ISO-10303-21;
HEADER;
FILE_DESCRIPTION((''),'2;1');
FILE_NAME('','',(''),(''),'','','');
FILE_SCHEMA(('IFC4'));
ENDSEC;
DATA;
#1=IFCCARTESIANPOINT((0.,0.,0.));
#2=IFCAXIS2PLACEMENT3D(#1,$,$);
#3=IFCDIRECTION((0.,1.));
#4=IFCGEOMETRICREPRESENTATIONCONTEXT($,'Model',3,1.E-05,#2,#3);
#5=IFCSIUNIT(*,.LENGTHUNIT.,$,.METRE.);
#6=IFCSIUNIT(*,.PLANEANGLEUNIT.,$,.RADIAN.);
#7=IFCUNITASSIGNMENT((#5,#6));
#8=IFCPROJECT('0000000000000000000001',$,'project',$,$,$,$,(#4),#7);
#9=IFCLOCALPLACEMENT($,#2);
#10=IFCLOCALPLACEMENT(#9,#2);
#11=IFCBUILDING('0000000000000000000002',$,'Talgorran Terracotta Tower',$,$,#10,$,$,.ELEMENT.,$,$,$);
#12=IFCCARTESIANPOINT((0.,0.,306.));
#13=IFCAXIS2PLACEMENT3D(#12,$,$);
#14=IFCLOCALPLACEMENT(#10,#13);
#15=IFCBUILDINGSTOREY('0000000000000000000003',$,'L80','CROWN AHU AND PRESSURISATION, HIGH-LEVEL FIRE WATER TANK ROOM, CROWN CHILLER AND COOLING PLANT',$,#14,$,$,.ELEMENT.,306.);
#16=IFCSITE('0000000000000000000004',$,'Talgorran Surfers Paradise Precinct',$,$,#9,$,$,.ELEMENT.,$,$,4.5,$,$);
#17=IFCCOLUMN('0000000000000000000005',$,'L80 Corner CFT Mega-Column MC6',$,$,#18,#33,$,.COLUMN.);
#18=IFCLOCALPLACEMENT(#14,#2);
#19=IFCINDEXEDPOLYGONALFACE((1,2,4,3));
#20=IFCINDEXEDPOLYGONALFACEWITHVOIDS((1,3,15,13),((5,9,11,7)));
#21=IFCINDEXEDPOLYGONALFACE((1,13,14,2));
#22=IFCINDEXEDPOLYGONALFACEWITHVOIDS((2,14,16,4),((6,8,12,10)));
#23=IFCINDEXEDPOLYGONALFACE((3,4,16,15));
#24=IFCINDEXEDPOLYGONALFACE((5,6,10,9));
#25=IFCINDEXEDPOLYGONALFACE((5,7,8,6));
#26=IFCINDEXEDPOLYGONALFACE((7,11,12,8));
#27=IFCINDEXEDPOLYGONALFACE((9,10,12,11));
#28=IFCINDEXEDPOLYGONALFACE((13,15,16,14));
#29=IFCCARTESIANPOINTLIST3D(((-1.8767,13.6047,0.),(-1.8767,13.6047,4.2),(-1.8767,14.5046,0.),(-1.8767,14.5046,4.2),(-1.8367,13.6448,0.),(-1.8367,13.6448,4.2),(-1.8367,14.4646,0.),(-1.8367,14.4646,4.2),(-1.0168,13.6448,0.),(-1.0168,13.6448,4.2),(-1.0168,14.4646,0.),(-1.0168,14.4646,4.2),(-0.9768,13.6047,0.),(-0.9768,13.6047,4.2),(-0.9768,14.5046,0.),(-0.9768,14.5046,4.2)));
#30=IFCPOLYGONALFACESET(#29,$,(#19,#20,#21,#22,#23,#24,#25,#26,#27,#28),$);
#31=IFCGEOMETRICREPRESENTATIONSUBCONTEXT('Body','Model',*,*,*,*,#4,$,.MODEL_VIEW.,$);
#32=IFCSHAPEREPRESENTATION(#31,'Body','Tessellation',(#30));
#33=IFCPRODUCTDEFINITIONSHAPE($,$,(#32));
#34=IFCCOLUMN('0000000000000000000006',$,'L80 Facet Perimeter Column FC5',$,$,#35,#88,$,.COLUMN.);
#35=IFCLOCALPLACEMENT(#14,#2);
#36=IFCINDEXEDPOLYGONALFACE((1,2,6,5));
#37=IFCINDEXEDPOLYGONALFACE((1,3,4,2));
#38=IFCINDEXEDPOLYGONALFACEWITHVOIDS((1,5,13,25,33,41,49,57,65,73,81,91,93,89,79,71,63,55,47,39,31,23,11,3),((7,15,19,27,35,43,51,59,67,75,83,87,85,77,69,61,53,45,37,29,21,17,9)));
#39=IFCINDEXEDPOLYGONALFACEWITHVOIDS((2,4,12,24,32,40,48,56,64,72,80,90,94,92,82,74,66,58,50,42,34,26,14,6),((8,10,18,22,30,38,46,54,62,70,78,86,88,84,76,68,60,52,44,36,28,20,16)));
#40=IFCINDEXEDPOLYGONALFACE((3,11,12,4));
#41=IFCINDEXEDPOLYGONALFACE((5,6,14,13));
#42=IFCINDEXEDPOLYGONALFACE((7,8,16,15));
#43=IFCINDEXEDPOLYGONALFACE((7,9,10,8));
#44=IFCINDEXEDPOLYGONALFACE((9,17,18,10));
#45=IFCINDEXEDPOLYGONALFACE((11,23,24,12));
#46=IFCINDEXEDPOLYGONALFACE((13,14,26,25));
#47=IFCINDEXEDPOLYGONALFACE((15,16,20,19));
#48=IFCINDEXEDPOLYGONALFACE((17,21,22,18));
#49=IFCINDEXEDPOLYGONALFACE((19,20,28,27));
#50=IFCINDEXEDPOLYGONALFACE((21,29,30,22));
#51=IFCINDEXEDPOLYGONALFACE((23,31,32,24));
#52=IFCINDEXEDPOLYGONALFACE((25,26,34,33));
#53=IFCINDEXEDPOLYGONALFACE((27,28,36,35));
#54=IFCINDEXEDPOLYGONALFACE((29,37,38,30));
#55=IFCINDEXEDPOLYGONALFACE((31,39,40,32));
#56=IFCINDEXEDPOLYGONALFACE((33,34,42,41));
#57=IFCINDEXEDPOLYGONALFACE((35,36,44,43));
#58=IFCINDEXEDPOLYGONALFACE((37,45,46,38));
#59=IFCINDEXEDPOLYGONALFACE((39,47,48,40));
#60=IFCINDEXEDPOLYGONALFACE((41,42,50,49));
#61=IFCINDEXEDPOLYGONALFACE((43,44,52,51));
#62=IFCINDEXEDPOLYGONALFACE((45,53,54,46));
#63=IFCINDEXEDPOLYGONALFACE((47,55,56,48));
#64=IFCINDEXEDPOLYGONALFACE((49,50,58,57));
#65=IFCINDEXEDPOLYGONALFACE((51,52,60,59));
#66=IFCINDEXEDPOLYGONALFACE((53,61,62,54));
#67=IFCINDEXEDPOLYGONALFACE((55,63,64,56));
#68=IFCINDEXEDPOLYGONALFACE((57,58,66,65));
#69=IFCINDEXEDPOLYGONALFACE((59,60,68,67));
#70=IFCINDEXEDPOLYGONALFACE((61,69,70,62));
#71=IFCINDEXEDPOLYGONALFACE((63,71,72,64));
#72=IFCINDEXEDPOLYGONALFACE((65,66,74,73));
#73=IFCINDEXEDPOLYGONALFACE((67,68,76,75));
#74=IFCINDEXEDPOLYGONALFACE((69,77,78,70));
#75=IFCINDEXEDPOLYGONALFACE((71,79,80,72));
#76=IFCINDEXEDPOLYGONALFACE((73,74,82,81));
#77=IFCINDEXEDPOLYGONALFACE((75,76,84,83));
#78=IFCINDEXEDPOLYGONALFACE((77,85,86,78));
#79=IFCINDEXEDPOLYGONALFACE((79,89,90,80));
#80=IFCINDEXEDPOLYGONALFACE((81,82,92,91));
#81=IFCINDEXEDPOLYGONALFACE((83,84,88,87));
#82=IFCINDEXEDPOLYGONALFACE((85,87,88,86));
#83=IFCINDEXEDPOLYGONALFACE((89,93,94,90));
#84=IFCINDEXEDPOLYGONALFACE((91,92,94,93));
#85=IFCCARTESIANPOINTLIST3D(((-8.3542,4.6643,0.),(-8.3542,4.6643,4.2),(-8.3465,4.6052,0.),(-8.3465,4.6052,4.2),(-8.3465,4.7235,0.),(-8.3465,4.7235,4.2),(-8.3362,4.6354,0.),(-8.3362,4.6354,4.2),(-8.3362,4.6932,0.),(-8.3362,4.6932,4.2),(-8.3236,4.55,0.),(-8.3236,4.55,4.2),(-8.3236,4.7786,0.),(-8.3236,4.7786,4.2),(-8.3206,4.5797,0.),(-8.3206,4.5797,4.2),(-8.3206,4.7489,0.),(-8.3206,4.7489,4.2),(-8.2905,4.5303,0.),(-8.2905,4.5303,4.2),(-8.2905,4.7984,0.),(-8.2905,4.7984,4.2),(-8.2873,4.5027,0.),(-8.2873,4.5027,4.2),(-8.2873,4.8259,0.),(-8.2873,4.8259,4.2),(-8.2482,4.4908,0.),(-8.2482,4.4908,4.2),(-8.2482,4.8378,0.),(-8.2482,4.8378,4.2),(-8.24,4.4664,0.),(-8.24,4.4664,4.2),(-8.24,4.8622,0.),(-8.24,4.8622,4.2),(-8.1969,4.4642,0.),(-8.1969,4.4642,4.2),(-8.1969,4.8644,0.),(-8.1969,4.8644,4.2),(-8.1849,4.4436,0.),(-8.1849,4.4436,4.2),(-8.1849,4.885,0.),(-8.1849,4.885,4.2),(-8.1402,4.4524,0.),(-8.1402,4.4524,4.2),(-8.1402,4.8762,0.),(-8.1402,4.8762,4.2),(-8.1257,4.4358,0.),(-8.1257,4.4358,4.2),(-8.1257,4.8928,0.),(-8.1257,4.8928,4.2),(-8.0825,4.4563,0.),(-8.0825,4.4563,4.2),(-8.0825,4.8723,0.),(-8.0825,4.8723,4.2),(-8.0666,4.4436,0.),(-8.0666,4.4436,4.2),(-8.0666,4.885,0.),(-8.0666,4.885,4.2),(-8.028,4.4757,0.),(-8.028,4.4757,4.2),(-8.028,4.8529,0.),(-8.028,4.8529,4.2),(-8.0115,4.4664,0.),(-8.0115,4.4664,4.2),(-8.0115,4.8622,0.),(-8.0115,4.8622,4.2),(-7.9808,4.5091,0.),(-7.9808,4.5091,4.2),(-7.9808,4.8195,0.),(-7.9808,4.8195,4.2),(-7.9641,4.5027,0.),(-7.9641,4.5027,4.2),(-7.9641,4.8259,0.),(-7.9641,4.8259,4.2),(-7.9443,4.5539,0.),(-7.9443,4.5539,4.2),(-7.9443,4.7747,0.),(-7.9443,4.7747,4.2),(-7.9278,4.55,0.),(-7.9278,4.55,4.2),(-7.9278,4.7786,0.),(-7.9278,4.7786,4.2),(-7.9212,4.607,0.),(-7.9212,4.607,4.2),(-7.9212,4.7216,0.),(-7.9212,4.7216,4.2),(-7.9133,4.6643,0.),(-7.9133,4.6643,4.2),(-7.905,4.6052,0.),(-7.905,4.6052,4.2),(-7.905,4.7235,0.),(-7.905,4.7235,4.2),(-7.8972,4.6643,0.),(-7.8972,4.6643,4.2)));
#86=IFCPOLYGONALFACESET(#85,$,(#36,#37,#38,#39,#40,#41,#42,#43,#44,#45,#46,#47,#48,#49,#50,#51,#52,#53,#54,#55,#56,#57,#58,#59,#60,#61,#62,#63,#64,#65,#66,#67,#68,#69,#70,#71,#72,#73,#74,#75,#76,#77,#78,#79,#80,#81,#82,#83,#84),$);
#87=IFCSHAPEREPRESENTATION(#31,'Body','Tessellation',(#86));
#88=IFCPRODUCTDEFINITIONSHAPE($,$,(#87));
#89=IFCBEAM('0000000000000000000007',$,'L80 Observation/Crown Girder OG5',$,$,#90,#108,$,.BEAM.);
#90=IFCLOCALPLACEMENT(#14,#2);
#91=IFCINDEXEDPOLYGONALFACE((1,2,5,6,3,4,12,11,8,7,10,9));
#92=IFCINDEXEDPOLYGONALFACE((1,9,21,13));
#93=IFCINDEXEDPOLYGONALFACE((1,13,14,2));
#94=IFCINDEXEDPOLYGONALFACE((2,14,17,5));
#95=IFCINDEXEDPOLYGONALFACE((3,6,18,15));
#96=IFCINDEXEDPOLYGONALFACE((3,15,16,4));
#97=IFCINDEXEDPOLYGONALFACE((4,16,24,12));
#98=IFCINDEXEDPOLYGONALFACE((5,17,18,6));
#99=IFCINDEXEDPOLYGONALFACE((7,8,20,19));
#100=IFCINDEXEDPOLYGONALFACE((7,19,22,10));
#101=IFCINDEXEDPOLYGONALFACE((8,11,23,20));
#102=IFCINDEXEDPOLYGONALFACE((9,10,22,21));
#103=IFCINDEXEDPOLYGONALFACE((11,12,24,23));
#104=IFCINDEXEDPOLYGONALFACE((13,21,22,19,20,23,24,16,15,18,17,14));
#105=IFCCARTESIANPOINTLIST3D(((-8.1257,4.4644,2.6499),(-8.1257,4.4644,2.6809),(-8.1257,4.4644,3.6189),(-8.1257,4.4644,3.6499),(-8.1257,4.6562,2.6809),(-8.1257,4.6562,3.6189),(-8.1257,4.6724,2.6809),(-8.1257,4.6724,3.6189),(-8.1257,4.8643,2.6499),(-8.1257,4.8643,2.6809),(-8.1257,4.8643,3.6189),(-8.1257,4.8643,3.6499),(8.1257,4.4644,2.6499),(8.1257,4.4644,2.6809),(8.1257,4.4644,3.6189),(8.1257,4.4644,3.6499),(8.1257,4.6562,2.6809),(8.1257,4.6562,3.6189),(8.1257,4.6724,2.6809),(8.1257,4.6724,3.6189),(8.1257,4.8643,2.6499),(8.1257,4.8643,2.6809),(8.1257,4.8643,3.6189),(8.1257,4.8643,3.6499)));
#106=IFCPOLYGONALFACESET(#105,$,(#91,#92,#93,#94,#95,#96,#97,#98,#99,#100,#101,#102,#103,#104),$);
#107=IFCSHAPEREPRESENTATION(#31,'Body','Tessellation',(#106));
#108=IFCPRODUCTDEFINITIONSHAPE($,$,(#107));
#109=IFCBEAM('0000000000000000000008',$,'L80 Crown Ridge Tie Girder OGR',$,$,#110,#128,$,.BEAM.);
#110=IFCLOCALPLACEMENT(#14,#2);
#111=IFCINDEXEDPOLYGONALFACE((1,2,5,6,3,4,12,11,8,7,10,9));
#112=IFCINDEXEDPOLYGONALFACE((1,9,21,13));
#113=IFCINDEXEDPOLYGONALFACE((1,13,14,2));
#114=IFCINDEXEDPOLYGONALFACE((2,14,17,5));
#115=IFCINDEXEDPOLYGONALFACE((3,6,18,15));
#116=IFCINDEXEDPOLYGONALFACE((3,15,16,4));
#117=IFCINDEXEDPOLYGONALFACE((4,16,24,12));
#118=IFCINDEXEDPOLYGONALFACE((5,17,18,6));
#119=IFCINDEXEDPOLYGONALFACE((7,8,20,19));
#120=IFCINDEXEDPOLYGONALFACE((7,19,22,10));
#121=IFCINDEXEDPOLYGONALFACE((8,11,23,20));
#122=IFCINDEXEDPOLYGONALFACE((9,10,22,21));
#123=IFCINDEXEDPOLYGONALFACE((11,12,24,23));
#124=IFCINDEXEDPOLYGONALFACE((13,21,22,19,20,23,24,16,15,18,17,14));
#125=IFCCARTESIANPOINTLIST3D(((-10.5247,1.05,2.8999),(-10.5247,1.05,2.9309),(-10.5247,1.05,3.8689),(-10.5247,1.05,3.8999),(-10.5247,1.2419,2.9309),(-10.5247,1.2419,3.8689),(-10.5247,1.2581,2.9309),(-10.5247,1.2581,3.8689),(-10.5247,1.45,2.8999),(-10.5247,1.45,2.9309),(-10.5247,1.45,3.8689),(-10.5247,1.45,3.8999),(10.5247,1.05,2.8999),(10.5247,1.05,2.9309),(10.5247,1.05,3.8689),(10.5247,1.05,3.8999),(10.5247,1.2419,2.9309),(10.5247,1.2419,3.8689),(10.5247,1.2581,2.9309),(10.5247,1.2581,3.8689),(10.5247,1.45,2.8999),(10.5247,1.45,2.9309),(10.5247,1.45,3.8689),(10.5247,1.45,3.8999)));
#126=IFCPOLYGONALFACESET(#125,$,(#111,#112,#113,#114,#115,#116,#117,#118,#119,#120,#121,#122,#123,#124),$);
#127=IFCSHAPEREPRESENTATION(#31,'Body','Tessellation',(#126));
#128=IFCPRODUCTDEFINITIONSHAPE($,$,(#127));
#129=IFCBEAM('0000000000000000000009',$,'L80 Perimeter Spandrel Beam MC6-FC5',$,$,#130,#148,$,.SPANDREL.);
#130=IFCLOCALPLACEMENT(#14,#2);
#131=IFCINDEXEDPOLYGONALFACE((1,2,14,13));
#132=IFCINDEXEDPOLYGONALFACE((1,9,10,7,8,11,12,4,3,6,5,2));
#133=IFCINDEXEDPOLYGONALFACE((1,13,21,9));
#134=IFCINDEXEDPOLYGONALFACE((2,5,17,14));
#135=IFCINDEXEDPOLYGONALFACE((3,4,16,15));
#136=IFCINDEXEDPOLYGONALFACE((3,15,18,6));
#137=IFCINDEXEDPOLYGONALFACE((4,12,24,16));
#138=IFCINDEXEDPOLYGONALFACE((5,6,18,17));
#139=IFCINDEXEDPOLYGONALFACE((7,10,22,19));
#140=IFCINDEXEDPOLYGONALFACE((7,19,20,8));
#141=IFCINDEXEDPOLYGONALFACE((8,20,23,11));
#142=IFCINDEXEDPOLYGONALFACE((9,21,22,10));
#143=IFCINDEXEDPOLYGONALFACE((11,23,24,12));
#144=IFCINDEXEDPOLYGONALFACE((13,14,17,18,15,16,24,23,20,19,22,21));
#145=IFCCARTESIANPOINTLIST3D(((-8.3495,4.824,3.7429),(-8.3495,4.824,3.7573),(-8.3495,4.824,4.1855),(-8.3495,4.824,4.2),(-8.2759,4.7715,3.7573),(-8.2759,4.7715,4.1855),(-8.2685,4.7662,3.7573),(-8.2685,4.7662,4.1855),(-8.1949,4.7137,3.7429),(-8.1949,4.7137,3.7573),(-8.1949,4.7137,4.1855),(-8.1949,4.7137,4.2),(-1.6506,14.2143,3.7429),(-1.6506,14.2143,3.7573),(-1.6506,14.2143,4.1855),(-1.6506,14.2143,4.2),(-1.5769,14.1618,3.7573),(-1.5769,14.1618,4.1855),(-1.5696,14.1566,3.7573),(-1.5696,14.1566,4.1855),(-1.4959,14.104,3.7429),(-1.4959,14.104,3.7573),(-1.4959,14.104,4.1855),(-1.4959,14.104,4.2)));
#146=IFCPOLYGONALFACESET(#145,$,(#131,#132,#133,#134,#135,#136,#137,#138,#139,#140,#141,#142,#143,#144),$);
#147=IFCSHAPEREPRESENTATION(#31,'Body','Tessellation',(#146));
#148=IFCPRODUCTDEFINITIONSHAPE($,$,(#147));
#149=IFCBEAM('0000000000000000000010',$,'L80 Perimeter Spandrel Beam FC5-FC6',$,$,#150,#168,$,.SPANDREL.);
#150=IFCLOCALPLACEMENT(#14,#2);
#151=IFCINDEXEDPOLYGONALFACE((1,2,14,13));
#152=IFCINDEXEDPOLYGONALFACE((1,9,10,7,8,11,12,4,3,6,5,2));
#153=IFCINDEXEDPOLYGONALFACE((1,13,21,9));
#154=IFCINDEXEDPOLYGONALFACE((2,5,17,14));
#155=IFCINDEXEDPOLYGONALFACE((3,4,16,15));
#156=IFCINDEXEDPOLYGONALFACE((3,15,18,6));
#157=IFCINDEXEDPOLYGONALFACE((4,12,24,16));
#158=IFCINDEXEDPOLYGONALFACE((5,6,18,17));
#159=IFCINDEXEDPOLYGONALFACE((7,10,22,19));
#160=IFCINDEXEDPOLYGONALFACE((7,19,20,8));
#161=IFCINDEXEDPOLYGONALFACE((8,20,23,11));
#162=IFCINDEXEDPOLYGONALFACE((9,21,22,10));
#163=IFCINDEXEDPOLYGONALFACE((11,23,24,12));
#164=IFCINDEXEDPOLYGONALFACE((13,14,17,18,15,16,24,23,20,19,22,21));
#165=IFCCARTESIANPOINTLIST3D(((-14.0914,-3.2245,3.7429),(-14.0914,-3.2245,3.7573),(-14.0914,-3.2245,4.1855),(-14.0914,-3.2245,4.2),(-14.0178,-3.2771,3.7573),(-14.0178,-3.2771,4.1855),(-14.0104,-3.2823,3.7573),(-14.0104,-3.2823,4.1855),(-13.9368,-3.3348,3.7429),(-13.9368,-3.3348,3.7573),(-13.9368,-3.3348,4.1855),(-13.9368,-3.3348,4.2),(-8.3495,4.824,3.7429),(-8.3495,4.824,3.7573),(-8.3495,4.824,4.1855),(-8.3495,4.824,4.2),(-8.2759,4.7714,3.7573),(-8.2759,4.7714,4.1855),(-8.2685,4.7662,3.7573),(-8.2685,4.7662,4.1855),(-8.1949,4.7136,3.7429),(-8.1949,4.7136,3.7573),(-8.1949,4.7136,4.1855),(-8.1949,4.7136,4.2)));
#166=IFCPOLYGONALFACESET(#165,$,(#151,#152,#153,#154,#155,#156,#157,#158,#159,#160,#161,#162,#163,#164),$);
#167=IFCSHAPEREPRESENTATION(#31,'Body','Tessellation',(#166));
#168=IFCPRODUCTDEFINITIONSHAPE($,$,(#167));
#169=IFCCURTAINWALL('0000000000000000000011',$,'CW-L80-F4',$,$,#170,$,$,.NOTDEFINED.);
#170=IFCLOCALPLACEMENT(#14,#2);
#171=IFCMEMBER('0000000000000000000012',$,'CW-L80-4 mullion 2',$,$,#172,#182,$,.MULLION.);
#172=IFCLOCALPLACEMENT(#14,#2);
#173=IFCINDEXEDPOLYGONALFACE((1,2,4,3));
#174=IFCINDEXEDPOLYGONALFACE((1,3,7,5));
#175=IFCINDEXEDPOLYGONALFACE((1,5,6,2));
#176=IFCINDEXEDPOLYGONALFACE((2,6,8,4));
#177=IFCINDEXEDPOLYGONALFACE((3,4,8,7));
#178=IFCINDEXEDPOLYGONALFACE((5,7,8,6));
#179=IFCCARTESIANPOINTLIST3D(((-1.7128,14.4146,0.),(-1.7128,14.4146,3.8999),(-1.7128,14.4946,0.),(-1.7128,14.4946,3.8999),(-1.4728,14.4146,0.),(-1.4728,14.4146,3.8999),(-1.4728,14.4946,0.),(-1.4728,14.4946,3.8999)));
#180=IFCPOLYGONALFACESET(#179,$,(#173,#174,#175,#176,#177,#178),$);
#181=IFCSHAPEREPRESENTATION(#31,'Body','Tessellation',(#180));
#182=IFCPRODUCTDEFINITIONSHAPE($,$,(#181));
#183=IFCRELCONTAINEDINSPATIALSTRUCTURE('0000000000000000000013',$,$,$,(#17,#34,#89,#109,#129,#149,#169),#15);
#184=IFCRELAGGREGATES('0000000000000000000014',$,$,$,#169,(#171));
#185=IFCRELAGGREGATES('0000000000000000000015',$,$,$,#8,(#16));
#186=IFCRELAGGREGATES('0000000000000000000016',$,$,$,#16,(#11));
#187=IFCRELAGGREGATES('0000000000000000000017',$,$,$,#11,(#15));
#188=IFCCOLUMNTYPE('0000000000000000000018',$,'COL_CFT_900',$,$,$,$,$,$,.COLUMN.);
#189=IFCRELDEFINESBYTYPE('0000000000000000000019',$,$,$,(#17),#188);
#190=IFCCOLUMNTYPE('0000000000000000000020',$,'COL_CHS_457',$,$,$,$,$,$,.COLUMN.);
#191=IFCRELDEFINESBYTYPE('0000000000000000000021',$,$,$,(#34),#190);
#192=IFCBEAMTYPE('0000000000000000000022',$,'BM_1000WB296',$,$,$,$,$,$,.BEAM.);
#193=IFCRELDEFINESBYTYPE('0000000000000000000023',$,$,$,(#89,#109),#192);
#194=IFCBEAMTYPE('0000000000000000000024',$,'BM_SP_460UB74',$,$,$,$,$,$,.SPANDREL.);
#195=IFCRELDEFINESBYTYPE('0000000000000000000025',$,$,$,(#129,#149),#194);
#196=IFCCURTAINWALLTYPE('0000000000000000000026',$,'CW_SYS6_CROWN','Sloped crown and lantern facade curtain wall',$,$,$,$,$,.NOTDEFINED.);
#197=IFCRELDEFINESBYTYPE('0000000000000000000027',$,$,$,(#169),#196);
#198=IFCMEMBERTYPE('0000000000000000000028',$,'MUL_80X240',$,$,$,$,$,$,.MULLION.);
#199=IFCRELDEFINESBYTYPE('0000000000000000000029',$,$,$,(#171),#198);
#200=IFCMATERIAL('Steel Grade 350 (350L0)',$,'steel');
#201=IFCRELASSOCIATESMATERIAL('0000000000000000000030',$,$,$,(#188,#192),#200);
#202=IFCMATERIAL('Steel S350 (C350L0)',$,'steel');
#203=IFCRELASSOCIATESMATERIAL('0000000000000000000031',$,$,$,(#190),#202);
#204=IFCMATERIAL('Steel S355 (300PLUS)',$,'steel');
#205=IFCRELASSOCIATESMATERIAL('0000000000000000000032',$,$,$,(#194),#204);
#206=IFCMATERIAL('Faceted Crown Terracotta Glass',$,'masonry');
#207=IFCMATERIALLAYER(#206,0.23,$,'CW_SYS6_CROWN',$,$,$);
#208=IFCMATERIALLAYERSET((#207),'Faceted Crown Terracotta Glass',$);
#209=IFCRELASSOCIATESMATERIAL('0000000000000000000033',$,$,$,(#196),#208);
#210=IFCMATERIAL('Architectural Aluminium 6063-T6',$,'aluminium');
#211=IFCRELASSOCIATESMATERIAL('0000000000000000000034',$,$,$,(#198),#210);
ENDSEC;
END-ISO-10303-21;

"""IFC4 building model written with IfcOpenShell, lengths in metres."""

from ifc_helpers import new_model, si_unit, direction, frame, origin, origin_2d, place, context, subcontext, project, spatial, rectangle, hollow_rectangle, hollow_circle, i_section, extrude, material, layer, layer_set, material_profile, profile_set, type_object, element, aggregate, save


model = new_model("IFC4")

# Units and contexts
model_context = context("Model", 3, precision=1e-05, world=origin(), true_north=direction((0.0, 1.0)))
body_context = subcontext(model_context, "Body", "Model", "MODEL_VIEW")
ifc_project = project(units=[si_unit("LENGTHUNIT", "METRE"), si_unit("PLANEANGLEUNIT", "RADIAN")], contexts=[model_context])

# Site, building, storey
site_placement = place(None, origin())
site = spatial("IfcSite", under=ifc_project, at=site_placement, Name="Talgorran Surfers Paradise Precinct", CompositionType="ELEMENT", RefElevation=4.5)
building_placement = place(site_placement, origin())
building = spatial("IfcBuilding", under=site, at=building_placement, Name="Talgorran Terracotta Tower", CompositionType="ELEMENT")
storey_placement = place(building_placement, frame((0.0, 0.0, 306.0)))
storey = spatial("IfcBuildingStorey", under=building, at=storey_placement, Name="L80", Description="CROWN AHU AND PRESSURISATION, HIGH-LEVEL FIRE WATER TANK ROOM, CROWN CHILLER AND COOLING PLANT", CompositionType="ELEMENT", Elevation=306.0)

# Columns
ifc_material_1 = material(Name="Steel Grade 350 (350L0)", Category="steel")
ifc_material_profile_1 = material_profile(ifc_material_1, hollow_rectangle(XDim=0.8999, YDim=0.8999, WallThickness=0.04, at=origin_2d()), Name="CFT900X900X40")
ifc_profile_set_1 = profile_set([ifc_material_profile_1], Name="Steel Grade 350 (350L0)")
column_type_1 = type_object("IfcColumnType", Name="COL_CFT_900", PredefinedType="COLUMN", material=ifc_profile_set_1)
column_1_placement = place(storey_placement, frame((-1.4268, 14.0547, 0.0), z_axis=(0.0, 0.0, 1.0), x_axis=(1.0, 0.0, 0.0)))
element("IfcColumn", 1, at=column_1_placement, inside=storey, type_object=column_type_1, Name="L80 Corner CFT Mega-Column MC6", PredefinedType="COLUMN", context=body_context, shape_type="SweptSolid", body=[
    extrude(hollow_rectangle(XDim=0.8999, YDim=0.8999, WallThickness=0.04, at=origin_2d()), origin(), (0.0, 0.0, 1.0), 4.2),
])
ifc_material_2 = material(Name="Steel S350 (C350L0)", Category="steel")
ifc_material_profile_2 = material_profile(ifc_material_2, hollow_circle(Radius=0.2285, WallThickness=0.0161, at=origin_2d()), Name="CHS457X16")
ifc_profile_set_2 = profile_set([ifc_material_profile_2], Name="Steel S350 (C350L0)")
column_type_2 = type_object("IfcColumnType", Name="COL_CHS_457", PredefinedType="COLUMN", material=ifc_profile_set_2)
column_2_placement = place(storey_placement, frame((-8.1257, 4.6643, 0.0), z_axis=(0.0, 0.0, 1.0), x_axis=(1.0, 0.0, 0.0)))
element("IfcColumn", 2, at=column_2_placement, inside=storey, type_object=column_type_2, Name="L80 Facet Perimeter Column FC5", PredefinedType="COLUMN", context=body_context, shape_type="SweptSolid", body=[
    extrude(hollow_circle(Radius=0.2285, WallThickness=0.0161, at=origin_2d()), origin(), (0.0, 0.0, 1.0), 4.2),
])

# Beams
ifc_material_profile_3 = material_profile(ifc_material_1, i_section(OverallWidth=0.3999, OverallDepth=1.0, WebThickness=0.0161, FlangeThickness=0.031, at=origin_2d()), Name="1000WB296")
ifc_profile_set_3 = profile_set([ifc_material_profile_3], Name="Steel Grade 350 (350L0)")
beam_type_1 = type_object("IfcBeamType", Name="BM_1000WB296", PredefinedType="BEAM", material=ifc_profile_set_3)
beam_1_placement = place(storey_placement, frame((-8.1257, 4.6643, 3.1499), z_axis=(1.0, 0.0, 0.0), x_axis=(0.0, 1.0, 0.0)))
element("IfcBeam", 3, at=beam_1_placement, inside=storey, type_object=beam_type_1, Name="L80 Observation/Crown Girder OG5", PredefinedType="BEAM", context=body_context, shape_type="SweptSolid", body=[
    extrude(i_section(OverallWidth=0.3999, OverallDepth=1.0, WebThickness=0.0161, FlangeThickness=0.031, at=origin_2d()), origin(), (0.0, 0.0, 1.0), 16.2515),
])
beam_2_placement = place(storey_placement, frame((-10.5247, 1.25, 3.3999), z_axis=(1.0, 0.0, 0.0), x_axis=(0.0, 1.0, 0.0)))
element("IfcBeam", 4, at=beam_2_placement, inside=storey, type_object=beam_type_1, Name="L80 Crown Ridge Tie Girder OGR", PredefinedType="BEAM", context=body_context, shape_type="SweptSolid", body=[
    extrude(i_section(OverallWidth=0.3999, OverallDepth=1.0, WebThickness=0.0161, FlangeThickness=0.031, at=origin_2d()), origin(), (0.0, 0.0, 1.0), 21.0493),
])
ifc_material_3 = material(Name="Steel S355 (300PLUS)", Category="steel")
ifc_material_profile_4 = material_profile(ifc_material_3, i_section(OverallWidth=0.1899, OverallDepth=0.457, WebThickness=0.009, FlangeThickness=0.0144, at=origin_2d()), Name="460UB74.6")
ifc_profile_set_4 = profile_set([ifc_material_profile_4], Name="Steel S355 (300PLUS)")
beam_type_2 = type_object("IfcBeamType", Name="BM_SP_460UB74", PredefinedType="SPANDREL", material=ifc_profile_set_4)
beam_3_placement = place(storey_placement, frame((-1.5732, 14.1592, 3.9714), z_axis=(-0.580754, -0.814079, 0.0), x_axis=(0.814079, -0.580754, 0.0)))
element("IfcBeam", 5, at=beam_3_placement, inside=storey, type_object=beam_type_2, Name="L80 Perimeter Spandrel Beam MC6-FC5", PredefinedType="SPANDREL", context=body_context, shape_type="SweptSolid", body=[
    extrude(i_section(OverallWidth=0.1899, OverallDepth=0.457, WebThickness=0.009, FlangeThickness=0.0144, at=origin_2d()), origin(), (0.0, 0.0, 1.0), 11.5349),
])
beam_4_placement = place(storey_placement, frame((-8.2722, 4.7688, 3.9714), z_axis=(-0.580766, -0.81407, 0.0), x_axis=(0.81407, -0.580766, 0.0)))
element("IfcBeam", 6, at=beam_4_placement, inside=storey, type_object=beam_type_2, Name="L80 Perimeter Spandrel Beam FC5-FC6", PredefinedType="SPANDREL", context=body_context, shape_type="SweptSolid", body=[
    extrude(i_section(OverallWidth=0.1899, OverallDepth=0.457, WebThickness=0.009, FlangeThickness=0.0144, at=origin_2d()), origin(), (0.0, 0.0, 1.0), 9.8867),
])

# Curtain wall, member
ifc_material_4 = material(Name="Faceted Crown Terracotta Glass", Category="masonry")
ifc_layer_1 = layer(ifc_material_4, 0.23, Name="CW_SYS6_CROWN")
ifc_layer_set_1 = layer_set([ifc_layer_1], Name="Faceted Crown Terracotta Glass")
curtain_wall_type = type_object("IfcCurtainWallType", Name="CW_SYS6_CROWN", Description="Sloped crown and lantern facade curtain wall", PredefinedType="NOTDEFINED", material=ifc_layer_set_1)
curtain_wall_1_placement = place(storey_placement, origin())
curtain_wall_1 = element("IfcCurtainWall", 7, at=curtain_wall_1_placement, inside=storey, type_object=curtain_wall_type, Name="CW-L80-F4", PredefinedType="NOTDEFINED")
ifc_material_5 = material(Name="Architectural Aluminium 6063-T6", Category="aluminium")
ifc_material_profile_5 = material_profile(ifc_material_5, rectangle(XDim=0.0801, YDim=0.24, at=origin_2d()), Name="CWM80X240")
ifc_profile_set_5 = profile_set([ifc_material_profile_5], Name="Architectural Aluminium 6063-T6")
member_type_1 = type_object("IfcMemberType", Name="MUL_80X240", PredefinedType="MULLION", material=ifc_profile_set_5)
member_1_placement = place(storey_placement, frame((-1.5928, 14.4546, 0.0), z_axis=(0.0, 0.0, 1.0), x_axis=(0.0, -1.0, 0.0)))
member_1 = element("IfcMember", 8, at=member_1_placement, type_object=member_type_1, Name="CW-L80-4 mullion 2", PredefinedType="MULLION", context=body_context, shape_type="SweptSolid", body=[
    extrude(rectangle(XDim=0.0801, YDim=0.24, at=origin_2d()), origin(), (0.0, 0.0, 1.0), 3.8999),
])
aggregate(curtain_wall_1, [member_1])

save(model, "model.ifc")
